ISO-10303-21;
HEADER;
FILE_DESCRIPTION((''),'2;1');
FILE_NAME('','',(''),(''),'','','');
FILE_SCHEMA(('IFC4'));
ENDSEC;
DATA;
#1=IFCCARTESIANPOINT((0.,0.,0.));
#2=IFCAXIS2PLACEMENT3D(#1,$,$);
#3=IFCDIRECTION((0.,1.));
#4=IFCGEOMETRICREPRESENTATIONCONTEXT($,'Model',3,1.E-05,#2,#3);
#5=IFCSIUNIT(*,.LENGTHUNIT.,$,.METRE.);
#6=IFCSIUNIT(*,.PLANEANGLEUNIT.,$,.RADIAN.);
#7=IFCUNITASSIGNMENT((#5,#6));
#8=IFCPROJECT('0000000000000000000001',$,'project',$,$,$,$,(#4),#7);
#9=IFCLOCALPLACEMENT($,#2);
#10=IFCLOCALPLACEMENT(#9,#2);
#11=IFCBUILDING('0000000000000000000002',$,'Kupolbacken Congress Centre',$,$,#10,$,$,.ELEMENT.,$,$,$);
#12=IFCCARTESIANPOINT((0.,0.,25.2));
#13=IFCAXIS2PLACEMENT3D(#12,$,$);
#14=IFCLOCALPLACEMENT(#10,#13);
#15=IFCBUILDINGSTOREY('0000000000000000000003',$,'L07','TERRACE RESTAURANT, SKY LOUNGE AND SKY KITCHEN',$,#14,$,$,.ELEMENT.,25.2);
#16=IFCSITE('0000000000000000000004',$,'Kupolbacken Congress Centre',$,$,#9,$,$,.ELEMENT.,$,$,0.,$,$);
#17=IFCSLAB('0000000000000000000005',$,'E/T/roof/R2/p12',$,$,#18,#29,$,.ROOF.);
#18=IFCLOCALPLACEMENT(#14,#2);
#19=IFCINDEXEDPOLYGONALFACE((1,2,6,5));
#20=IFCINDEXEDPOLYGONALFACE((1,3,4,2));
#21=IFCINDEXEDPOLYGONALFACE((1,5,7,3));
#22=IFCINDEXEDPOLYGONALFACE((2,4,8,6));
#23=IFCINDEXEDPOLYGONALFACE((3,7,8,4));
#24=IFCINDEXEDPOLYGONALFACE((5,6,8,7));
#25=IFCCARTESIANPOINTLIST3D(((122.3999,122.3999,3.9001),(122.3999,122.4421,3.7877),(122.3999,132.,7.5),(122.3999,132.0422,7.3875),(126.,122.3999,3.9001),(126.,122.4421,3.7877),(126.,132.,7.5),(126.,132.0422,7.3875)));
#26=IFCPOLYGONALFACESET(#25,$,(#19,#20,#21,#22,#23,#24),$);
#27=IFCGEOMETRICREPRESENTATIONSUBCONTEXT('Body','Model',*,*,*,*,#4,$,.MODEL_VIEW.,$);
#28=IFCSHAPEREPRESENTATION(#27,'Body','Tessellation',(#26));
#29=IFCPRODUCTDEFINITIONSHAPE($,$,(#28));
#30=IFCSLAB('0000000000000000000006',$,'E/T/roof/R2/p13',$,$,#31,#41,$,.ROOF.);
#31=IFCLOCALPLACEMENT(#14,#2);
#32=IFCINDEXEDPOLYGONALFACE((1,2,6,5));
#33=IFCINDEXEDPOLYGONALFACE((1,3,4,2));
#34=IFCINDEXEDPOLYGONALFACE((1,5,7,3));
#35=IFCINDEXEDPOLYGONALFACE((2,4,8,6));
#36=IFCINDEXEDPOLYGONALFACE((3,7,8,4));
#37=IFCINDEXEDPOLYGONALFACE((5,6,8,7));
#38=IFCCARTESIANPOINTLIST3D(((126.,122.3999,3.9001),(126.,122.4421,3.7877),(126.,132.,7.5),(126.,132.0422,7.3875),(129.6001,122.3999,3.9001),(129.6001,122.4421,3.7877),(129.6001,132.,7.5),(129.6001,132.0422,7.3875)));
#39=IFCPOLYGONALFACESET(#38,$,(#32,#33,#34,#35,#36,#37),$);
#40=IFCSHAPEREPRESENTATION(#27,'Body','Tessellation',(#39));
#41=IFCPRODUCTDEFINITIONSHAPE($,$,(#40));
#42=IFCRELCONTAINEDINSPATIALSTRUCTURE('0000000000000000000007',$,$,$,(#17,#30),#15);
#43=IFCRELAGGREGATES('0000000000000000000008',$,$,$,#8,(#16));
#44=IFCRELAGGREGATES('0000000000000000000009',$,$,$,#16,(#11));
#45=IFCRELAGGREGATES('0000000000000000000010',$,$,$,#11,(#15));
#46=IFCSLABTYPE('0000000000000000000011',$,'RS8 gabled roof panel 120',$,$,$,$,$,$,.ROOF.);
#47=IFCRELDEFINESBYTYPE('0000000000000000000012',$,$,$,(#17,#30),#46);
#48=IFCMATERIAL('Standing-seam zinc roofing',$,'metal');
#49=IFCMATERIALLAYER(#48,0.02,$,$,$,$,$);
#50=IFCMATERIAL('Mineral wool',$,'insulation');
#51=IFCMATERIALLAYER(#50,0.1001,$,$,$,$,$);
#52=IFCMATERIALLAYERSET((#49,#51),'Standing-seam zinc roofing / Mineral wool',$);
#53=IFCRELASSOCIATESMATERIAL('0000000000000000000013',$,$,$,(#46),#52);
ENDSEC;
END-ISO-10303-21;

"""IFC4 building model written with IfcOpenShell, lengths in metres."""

from ifc_helpers import new_model, si_unit, direction, frame, origin, place, context, subcontext, project, spatial, polyline, outline, extrude, material, layer, layer_set, type_object, element, save


model = new_model("IFC4")

# Units and contexts
model_context = context("Model", 3, precision=1e-05, world=origin(), true_north=direction((0.0, 1.0)))
body_context = subcontext(model_context, "Body", "Model", "MODEL_VIEW")
ifc_project = project(units=[si_unit("LENGTHUNIT", "METRE"), si_unit("PLANEANGLEUNIT", "RADIAN")], contexts=[model_context])

# Site, building, storey
site_placement = place(None, origin())
site = spatial("IfcSite", under=ifc_project, at=site_placement, Name="Kupolbacken Congress Centre", CompositionType="ELEMENT", RefElevation=0.0)
building_placement = place(site_placement, origin())
building = spatial("IfcBuilding", under=site, at=building_placement, Name="Kupolbacken Congress Centre", CompositionType="ELEMENT")
storey_placement = place(building_placement, frame((0.0, 0.0, 25.2)))
storey = spatial("IfcBuildingStorey", under=building, at=storey_placement, Name="L07", Description="TERRACE RESTAURANT, SKY LOUNGE AND SKY KITCHEN", CompositionType="ELEMENT", Elevation=25.2)

# Slabs
ifc_material_1 = material(Name="Standing-seam zinc roofing", Category="metal")
ifc_layer_1 = layer(ifc_material_1, 0.02)
ifc_material_2 = material(Name="Mineral wool", Category="insulation")
ifc_layer_2 = layer(ifc_material_2, 0.1001)
ifc_layer_set_1 = layer_set([ifc_layer_1, ifc_layer_2], Name="Standing-seam zinc roofing / Mineral wool")
slab_type = type_object("IfcSlabType", Name="RS8 gabled roof panel 120", PredefinedType="ROOF", material=ifc_layer_set_1)
for number, where, z_axis, x_axis, name in (
    (1, (122.3999, 122.3999, 3.9001), (0.0, -0.351108, 0.936335), (1.0, 0.0, 0.0), "E/T/roof/R2/p12"),
    (2, (126.0, 122.3999, 3.9001), (0.0, -0.351108, 0.936335), (1.0, 0.0, 0.0), "E/T/roof/R2/p13"),
):
    element("IfcSlab", number, at=place(storey_placement, frame(where, z_axis=z_axis, x_axis=x_axis)), inside=storey, type_object=slab_type, Name=name, PredefinedType="ROOF", context=body_context, shape_type="SweptSolid", body=[
        extrude(outline(polyline([(0.0, 0.0), (3.6001, 0.0), (3.6001, 10.2528), (0.0, 10.2528), (0.0, 0.0)])), origin(), (0.0, 0.0, -1.0), 0.1201),
    ])

save(model, "model.ifc")
